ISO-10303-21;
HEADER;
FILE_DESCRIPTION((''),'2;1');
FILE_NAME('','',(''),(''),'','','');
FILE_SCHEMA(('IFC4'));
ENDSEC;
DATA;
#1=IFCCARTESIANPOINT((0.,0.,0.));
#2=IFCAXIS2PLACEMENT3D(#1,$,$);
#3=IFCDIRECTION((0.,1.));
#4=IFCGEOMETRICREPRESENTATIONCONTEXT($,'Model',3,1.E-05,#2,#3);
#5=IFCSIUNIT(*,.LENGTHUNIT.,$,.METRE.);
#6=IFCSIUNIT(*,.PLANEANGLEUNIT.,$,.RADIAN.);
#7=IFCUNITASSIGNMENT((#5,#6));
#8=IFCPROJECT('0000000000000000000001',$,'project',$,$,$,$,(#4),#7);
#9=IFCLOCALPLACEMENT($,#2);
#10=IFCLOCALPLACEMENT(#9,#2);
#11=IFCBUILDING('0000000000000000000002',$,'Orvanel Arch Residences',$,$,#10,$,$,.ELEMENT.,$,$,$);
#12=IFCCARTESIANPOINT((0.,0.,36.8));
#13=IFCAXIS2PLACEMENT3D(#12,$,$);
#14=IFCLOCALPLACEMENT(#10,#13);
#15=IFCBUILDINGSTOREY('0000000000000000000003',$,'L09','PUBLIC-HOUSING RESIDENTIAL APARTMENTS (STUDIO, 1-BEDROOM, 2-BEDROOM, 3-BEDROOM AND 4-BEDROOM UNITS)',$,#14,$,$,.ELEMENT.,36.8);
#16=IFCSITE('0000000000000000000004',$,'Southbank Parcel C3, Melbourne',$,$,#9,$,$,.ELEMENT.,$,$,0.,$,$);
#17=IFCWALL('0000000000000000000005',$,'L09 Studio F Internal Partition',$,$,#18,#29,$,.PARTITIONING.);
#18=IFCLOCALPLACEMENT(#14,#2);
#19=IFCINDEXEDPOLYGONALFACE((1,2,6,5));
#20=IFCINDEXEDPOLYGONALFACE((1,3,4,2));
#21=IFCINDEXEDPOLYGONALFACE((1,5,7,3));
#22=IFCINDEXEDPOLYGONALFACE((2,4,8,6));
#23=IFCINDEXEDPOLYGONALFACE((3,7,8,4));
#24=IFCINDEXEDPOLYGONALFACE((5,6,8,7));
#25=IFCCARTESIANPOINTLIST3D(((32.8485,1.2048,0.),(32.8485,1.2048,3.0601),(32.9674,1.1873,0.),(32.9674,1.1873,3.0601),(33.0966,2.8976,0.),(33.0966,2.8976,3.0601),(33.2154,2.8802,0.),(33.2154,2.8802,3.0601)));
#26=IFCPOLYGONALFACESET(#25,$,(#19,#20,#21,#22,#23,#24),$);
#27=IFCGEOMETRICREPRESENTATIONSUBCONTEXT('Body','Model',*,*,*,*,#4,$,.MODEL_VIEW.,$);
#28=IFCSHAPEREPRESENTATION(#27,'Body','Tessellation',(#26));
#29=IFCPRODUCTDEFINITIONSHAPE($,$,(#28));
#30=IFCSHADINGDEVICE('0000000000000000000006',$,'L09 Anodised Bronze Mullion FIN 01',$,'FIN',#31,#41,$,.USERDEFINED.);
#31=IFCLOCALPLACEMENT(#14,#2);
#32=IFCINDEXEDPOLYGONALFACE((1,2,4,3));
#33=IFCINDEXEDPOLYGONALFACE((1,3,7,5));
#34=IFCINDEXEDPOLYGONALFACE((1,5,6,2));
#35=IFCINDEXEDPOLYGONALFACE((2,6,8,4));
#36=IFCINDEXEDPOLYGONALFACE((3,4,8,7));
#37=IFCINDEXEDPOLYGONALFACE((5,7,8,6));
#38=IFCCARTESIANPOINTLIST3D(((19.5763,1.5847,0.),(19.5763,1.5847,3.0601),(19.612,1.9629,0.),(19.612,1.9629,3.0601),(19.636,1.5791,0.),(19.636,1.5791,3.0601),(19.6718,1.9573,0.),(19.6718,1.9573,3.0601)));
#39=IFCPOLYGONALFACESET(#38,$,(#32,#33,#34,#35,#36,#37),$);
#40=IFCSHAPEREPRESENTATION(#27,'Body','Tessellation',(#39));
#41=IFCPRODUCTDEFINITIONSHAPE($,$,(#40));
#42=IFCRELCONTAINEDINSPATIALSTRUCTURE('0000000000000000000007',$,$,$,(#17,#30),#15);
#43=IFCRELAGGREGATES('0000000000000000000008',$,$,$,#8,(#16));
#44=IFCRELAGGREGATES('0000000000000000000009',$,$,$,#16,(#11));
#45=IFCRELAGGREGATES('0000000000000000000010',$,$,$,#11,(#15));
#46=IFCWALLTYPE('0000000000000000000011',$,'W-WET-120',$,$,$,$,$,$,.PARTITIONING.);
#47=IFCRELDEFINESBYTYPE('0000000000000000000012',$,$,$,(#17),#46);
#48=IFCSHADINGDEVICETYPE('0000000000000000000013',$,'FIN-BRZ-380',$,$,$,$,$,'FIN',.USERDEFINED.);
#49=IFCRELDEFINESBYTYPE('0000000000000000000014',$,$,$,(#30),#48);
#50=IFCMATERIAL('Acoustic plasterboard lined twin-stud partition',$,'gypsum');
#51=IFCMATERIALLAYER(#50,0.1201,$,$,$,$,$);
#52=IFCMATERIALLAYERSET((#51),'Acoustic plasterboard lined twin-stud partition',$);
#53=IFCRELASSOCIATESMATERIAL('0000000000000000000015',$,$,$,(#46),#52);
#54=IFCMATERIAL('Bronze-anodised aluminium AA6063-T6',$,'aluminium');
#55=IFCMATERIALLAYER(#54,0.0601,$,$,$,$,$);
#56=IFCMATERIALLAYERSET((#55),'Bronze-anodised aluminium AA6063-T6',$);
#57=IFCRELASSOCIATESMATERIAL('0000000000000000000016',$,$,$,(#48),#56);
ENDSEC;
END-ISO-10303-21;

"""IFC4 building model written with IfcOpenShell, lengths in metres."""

from ifc_helpers import new_model, si_unit, direction, frame, frame_2d, origin, origin_2d, place, context, subcontext, project, spatial, rectangle, extrude, material, layer, layer_set, type_object, element, save


model = new_model("IFC4")

# Units and contexts
model_context = context("Model", 3, precision=1e-05, world=origin(), true_north=direction((0.0, 1.0)))
body_context = subcontext(model_context, "Body", "Model", "MODEL_VIEW")
ifc_project = project(units=[si_unit("LENGTHUNIT", "METRE"), si_unit("PLANEANGLEUNIT", "RADIAN")], contexts=[model_context])

# Site, building, storey
site_placement = place(None, origin())
site = spatial("IfcSite", under=ifc_project, at=site_placement, Name="Southbank Parcel C3, Melbourne", CompositionType="ELEMENT", RefElevation=0.0)
building_placement = place(site_placement, origin())
building = spatial("IfcBuilding", under=site, at=building_placement, Name="Orvanel Arch Residences", CompositionType="ELEMENT")
storey_placement = place(building_placement, frame((0.0, 0.0, 36.8)))
storey = spatial("IfcBuildingStorey", under=building, at=storey_placement, Name="L09", Description="PUBLIC-HOUSING RESIDENTIAL APARTMENTS (STUDIO, 1-BEDROOM, 2-BEDROOM, 3-BEDROOM AND 4-BEDROOM UNITS)", CompositionType="ELEMENT", Elevation=36.8)

# Shared definitions
ifc_material_1 = material(Name="Bronze-anodised aluminium AA6063-T6", Category="aluminium")

# Shared definitions
ifc_material_2 = material(Name="Acoustic plasterboard lined twin-stud partition", Category="gypsum")

# Wall
ifc_layer_1 = layer(ifc_material_2, 0.1201)
ifc_layer_set_1 = layer_set([ifc_layer_1], Name="Acoustic plasterboard lined twin-stud partition")
wall_type_1 = type_object("IfcWallType", Name="W-WET-120", PredefinedType="PARTITIONING", material=ifc_layer_set_1)
wall_1_placement = place(storey_placement, frame((32.908, 1.196, 0.0), z_axis=(0.0, 0.0, 1.0), x_axis=(0.144976, 0.989435, 0.0)))
element("IfcWall", 1, at=wall_1_placement, inside=storey, type_object=wall_type_1, Name="L09 Studio F Internal Partition", PredefinedType="PARTITIONING", context=body_context, shape_type="SweptSolid", body=[
    extrude(rectangle(XDim=1.7109, YDim=0.1201, at=frame_2d((0.8555, 0.0))), origin(), (0.0, 0.0, 1.0), 3.0601),
])

# Shading device
ifc_layer_2 = layer(ifc_material_1, 0.0601)
ifc_layer_set_2 = layer_set([ifc_layer_2], Name="Bronze-anodised aluminium AA6063-T6")
shading_device_type = type_object("IfcShadingDeviceType", Name="FIN-BRZ-380", ElementType="FIN", PredefinedType="USERDEFINED", material=ifc_layer_set_2)
shading_device_placement = place(storey_placement, frame((19.624, 1.771, 0.0), z_axis=(0.0, 0.0, 1.0), x_axis=(-0.094108, -0.995562, 0.0)))
element("IfcShadingDevice", 2, at=shading_device_placement, inside=storey, type_object=shading_device_type, Name="L09 Anodised Bronze Mullion FIN 01", ObjectType="FIN", PredefinedType="USERDEFINED", context=body_context, shape_type="SweptSolid", body=[
    extrude(rectangle(XDim=0.3799, YDim=0.0601, at=origin_2d()), origin(), (0.0, 0.0, 1.0), 3.0601),
])

save(model, "model.ifc")
